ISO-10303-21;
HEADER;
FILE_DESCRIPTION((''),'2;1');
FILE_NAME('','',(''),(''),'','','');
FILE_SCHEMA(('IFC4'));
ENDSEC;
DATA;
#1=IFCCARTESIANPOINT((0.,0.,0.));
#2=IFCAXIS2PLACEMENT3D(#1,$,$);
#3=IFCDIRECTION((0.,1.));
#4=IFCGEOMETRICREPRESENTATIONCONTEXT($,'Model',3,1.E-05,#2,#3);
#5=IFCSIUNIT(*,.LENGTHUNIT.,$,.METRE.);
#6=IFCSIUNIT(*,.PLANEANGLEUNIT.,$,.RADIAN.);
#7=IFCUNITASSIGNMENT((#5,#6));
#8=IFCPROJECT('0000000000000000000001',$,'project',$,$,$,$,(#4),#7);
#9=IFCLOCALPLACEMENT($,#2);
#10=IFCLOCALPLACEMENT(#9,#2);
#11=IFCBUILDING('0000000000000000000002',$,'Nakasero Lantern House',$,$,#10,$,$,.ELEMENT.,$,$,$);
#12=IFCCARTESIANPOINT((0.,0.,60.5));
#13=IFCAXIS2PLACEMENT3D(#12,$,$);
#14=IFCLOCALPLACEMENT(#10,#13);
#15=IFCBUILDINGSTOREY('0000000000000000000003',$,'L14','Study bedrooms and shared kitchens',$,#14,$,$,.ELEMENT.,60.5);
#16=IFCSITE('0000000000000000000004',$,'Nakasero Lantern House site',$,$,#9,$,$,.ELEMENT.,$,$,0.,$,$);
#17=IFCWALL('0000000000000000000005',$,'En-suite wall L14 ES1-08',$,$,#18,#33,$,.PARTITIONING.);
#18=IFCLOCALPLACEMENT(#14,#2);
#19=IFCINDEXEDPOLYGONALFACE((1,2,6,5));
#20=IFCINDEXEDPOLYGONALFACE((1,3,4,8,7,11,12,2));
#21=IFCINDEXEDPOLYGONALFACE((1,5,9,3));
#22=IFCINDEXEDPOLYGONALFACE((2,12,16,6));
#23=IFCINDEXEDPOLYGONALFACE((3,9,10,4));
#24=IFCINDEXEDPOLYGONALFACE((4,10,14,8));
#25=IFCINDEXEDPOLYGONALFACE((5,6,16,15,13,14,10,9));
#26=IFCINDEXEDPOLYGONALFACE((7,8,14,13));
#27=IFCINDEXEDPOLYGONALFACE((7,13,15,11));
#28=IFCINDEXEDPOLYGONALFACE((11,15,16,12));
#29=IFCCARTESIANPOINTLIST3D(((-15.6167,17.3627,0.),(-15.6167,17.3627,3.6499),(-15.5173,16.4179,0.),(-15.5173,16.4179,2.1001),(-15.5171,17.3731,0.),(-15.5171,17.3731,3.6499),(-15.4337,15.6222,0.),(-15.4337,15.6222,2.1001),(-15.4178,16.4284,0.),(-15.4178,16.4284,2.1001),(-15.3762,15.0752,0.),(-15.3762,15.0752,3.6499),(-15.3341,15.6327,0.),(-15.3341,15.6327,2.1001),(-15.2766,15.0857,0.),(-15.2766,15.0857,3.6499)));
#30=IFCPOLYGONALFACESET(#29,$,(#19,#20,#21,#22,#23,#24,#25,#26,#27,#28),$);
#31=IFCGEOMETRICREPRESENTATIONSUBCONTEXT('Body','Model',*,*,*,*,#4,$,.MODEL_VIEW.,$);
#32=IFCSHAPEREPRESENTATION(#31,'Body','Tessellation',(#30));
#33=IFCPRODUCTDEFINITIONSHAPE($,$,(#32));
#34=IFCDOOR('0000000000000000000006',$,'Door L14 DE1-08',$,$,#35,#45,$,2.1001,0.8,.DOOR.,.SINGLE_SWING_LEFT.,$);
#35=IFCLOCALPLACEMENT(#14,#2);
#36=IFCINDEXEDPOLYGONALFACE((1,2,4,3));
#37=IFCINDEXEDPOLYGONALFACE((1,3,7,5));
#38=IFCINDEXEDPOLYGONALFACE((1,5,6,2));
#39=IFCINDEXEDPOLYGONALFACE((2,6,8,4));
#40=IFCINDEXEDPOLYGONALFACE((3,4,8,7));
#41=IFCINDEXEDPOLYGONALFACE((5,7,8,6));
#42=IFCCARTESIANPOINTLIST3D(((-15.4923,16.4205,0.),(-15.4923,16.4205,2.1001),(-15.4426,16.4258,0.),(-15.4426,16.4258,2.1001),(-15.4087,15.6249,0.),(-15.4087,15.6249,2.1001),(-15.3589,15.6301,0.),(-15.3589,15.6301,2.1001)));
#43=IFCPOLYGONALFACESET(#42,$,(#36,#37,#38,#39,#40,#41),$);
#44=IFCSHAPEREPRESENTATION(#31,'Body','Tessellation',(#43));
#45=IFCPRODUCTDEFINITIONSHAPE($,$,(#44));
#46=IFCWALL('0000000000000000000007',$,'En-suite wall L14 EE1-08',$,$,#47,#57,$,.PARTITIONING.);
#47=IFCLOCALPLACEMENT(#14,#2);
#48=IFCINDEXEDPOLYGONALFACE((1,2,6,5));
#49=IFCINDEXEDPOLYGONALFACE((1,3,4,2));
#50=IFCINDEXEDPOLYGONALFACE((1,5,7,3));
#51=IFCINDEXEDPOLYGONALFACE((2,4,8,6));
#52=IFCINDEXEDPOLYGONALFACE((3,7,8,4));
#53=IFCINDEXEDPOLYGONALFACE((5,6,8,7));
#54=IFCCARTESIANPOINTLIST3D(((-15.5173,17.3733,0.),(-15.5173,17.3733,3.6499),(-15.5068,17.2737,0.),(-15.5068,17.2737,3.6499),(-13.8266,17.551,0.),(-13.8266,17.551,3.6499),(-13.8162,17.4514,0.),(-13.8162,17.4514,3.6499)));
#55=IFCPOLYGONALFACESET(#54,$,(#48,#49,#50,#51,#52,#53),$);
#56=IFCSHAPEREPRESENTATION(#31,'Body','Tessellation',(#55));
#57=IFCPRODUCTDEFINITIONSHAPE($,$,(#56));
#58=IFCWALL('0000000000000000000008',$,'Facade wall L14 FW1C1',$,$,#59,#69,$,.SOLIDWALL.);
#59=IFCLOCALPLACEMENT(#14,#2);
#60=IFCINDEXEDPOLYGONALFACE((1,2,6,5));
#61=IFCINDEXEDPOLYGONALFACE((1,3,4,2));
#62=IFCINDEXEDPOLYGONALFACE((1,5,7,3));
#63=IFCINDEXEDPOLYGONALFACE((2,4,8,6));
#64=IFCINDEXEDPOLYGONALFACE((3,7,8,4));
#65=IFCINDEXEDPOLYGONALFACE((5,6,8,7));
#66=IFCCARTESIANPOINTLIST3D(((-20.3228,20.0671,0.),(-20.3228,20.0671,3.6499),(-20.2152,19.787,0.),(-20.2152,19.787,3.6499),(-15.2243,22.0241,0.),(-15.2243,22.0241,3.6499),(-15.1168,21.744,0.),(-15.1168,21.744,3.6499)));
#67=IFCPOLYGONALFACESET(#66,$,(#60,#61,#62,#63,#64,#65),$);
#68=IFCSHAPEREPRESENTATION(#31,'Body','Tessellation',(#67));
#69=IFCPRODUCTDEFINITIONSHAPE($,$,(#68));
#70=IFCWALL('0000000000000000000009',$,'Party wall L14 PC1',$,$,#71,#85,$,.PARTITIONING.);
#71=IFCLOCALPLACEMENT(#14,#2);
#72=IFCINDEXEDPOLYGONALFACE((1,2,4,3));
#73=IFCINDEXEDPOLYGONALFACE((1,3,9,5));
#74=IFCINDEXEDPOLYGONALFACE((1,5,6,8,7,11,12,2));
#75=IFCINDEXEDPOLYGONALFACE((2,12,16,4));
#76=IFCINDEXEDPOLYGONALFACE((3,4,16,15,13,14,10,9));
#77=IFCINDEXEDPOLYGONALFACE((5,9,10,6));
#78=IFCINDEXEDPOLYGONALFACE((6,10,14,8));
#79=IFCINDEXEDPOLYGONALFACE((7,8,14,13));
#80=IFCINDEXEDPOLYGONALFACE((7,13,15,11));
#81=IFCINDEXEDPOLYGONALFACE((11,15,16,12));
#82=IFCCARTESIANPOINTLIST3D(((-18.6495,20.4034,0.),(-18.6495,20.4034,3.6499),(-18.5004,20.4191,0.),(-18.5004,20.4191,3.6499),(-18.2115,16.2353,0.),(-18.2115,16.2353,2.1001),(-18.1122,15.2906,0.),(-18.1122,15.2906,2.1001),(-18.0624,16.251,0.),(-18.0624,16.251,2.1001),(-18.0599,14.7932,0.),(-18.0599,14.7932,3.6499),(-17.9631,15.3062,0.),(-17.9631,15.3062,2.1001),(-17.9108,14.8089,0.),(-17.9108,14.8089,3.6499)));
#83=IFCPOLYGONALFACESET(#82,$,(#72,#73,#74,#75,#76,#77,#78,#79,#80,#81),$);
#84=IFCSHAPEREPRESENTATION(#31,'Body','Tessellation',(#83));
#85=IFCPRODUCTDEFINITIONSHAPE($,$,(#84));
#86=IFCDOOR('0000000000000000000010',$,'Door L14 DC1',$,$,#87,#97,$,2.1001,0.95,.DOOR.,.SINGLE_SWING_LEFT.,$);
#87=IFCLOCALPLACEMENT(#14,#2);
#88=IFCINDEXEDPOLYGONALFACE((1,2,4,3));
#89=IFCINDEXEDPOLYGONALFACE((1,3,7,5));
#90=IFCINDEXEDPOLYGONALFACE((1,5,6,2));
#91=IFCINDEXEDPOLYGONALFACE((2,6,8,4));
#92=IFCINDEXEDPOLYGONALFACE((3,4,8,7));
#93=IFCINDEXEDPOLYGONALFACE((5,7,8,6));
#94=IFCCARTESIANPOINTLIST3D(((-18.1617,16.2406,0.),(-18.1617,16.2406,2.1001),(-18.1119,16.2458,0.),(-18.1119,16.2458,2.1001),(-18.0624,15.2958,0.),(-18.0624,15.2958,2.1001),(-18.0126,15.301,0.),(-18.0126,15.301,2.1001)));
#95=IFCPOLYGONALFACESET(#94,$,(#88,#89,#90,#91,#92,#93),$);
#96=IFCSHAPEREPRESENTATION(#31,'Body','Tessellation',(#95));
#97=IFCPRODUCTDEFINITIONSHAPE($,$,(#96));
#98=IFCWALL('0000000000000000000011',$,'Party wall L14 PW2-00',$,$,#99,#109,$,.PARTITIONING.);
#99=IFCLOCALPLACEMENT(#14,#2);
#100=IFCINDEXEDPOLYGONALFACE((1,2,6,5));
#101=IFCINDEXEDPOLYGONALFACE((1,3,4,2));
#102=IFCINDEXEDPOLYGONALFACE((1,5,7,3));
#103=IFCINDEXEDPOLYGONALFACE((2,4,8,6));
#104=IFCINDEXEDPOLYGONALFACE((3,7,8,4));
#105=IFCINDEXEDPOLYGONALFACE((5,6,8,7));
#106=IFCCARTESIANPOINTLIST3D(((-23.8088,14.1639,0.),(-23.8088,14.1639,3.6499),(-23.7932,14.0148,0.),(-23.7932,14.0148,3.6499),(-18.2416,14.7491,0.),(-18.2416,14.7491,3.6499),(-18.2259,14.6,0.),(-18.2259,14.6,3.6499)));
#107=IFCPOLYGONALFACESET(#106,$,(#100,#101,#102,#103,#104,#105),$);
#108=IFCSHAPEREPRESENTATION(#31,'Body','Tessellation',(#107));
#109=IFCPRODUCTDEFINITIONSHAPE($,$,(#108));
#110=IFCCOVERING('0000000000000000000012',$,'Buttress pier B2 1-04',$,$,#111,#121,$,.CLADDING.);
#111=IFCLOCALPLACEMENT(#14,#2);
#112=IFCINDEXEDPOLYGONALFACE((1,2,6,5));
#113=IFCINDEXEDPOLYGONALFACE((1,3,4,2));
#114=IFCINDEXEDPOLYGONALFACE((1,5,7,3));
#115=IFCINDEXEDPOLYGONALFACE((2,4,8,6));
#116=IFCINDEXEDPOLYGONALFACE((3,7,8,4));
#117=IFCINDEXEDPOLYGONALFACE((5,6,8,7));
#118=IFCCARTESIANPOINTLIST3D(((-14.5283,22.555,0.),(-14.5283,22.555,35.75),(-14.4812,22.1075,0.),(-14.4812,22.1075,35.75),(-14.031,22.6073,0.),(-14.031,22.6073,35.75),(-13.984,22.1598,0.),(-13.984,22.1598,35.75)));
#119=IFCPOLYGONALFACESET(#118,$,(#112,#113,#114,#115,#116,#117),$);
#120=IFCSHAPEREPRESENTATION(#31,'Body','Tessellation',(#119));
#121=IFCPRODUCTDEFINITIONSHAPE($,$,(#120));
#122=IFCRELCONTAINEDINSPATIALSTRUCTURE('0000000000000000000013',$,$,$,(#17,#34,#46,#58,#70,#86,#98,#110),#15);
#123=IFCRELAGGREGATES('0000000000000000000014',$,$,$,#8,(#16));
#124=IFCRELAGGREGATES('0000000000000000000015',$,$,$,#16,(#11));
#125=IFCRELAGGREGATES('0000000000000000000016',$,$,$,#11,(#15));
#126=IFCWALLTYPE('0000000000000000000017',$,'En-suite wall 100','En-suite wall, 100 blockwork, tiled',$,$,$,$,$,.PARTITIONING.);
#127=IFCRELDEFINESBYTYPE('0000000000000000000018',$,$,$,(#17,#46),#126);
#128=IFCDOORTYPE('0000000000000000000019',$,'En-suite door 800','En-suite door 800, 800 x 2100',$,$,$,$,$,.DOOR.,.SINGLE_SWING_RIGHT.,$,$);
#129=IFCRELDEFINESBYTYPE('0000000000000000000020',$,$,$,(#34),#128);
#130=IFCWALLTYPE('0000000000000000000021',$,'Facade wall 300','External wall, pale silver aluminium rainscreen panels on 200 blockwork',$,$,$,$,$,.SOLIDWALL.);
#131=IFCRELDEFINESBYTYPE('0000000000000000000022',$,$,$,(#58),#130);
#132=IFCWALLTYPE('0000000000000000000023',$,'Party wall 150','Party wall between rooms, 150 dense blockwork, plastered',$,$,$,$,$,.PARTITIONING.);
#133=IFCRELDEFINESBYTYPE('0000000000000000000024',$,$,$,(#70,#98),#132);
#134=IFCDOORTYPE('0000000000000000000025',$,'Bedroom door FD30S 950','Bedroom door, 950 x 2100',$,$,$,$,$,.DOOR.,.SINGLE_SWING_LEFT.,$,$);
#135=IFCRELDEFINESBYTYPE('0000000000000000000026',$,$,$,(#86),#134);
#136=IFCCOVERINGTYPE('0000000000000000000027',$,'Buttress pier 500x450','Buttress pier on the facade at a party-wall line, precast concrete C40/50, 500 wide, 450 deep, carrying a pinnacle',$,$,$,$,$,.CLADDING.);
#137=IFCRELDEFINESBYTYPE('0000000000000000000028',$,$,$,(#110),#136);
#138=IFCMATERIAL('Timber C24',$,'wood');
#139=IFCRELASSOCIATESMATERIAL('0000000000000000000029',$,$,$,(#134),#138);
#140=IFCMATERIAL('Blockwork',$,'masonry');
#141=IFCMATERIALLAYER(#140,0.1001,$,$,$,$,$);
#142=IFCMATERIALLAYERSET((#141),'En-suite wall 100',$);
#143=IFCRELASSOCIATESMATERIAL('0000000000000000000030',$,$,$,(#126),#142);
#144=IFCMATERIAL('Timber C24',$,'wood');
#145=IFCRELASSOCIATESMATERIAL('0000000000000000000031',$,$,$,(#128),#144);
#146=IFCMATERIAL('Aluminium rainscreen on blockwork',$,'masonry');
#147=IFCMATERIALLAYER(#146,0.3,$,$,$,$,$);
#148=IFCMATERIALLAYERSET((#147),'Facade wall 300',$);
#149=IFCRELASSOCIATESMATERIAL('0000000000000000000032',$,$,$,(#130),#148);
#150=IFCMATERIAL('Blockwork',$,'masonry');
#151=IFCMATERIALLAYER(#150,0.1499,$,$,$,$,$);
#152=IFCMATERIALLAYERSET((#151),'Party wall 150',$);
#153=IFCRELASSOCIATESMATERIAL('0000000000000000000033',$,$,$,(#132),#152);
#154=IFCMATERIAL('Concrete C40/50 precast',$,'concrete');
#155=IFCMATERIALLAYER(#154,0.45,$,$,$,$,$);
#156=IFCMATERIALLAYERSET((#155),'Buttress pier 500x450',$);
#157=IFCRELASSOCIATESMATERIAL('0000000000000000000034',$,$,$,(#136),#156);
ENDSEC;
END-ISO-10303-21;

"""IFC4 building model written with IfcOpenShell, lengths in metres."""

from ifc_helpers import new_model, si_unit, direction, frame, frame_2d, origin, origin_2d, place, context, subcontext, project, spatial, rectangle, extrude, material, layer, layer_set, type_object, element, fill, save


model = new_model("IFC4")

# Units and contexts
model_context = context("Model", 3, precision=1e-05, world=origin(), true_north=direction((0.0, 1.0)))
body_context = subcontext(model_context, "Body", "Model", "MODEL_VIEW")
ifc_project = project(units=[si_unit("LENGTHUNIT", "METRE"), si_unit("PLANEANGLEUNIT", "RADIAN")], contexts=[model_context])

# Site, building, storey
site_placement = place(None, origin())
site = spatial("IfcSite", under=ifc_project, at=site_placement, Name="Nakasero Lantern House site", CompositionType="ELEMENT", RefElevation=0.0)
building_placement = place(site_placement, origin())
building = spatial("IfcBuilding", under=site, at=building_placement, Name="Nakasero Lantern House", CompositionType="ELEMENT")
storey_placement = place(building_placement, frame((0.0, 0.0, 60.5)))
storey = spatial("IfcBuildingStorey", under=building, at=storey_placement, Name="L14", Description="Study bedrooms and shared kitchens", CompositionType="ELEMENT", Elevation=60.5)

# Shared definitions
ifc_material_1 = material(Name="Timber C24", Category="wood")
door_type_1 = type_object("IfcDoorType", Name="Bedroom door FD30S 950", Description="Bedroom door, 950 x 2100", OperationType="SINGLE_SWING_LEFT", PredefinedType="DOOR", material=ifc_material_1)

# Wall, opening, door
ifc_material_2 = material(Name="Blockwork", Category="masonry")
ifc_layer_1 = layer(ifc_material_2, 0.1001)
ifc_layer_set_1 = layer_set([ifc_layer_1], Name="En-suite wall 100")
wall_type_1 = type_object("IfcWallType", Name="En-suite wall 100", Description="En-suite wall, 100 blockwork, tiled", PredefinedType="PARTITIONING", material=ifc_layer_set_1)
wall_1_placement = place(storey_placement, frame((-15.3264, 15.0806, 0.0), z_axis=(0.0, 0.0, 1.0), x_axis=(-0.104558, 0.994519, 0.0)))
wall_1 = element("IfcWall", 1, at=wall_1_placement, inside=storey, type_object=wall_type_1, Name="En-suite wall L14 ES1-08", PredefinedType="PARTITIONING", context=body_context, shape_type="SweptSolid", body=[
    extrude(rectangle(XDim=2.3, YDim=0.1001, at=frame_2d((1.1499, 0.0))), origin(), (0.0, 0.0, 1.0), 3.6499),
])
opening_1_placement = place(wall_1_placement, frame((0.55, 0.0, 0.0)))
opening_1 = element("IfcOpeningElement", 2, at=opening_1_placement, cuts=wall_1, PredefinedType="OPENING", context=body_context, shape_type="SweptSolid", body=[
    extrude(rectangle(XDim=0.8, YDim=2.1001, at=frame_2d((0.3999, 1.05))), frame((0.0, 0.0701, 0.0), z_axis=(0.0, -1.0, 0.0), x_axis=(1.0, 0.0, 0.0)), (0.0, 0.0, 1.0), 0.1401),
])
ifc_material_3 = material(Name="Timber C24", Category="wood")
door_type_2 = type_object("IfcDoorType", Name="En-suite door 800", Description="En-suite door 800, 800 x 2100", OperationType="SINGLE_SWING_RIGHT", PredefinedType="DOOR", material=ifc_material_3)
door_1_placement = place(opening_1_placement, origin())
door_1 = element("IfcDoor", 3, at=door_1_placement, inside=storey, type_object=door_type_2, Name="Door L14 DE1-08", OperationType="SINGLE_SWING_LEFT", OverallHeight=2.1001, OverallWidth=0.8, PredefinedType="DOOR", context=body_context, shape_type="SweptSolid", body=[
    extrude(rectangle(XDim=0.8, YDim=2.1001, at=frame_2d((0.3999, 1.05))), frame((0.0, 0.0249, 0.0), z_axis=(0.0, -1.0, 0.0), x_axis=(1.0, 0.0, 0.0)), (0.0, 0.0, 1.0), 0.05),
])
fill(opening_1, door_1)

# Walls
wall_2_placement = place(storey_placement, frame((-13.8213, 17.5012, 0.0), z_axis=(0.0, 0.0, 1.0), x_axis=(-0.99452, -0.10455, 0.0)))
element("IfcWall", 4, at=wall_2_placement, inside=storey, type_object=wall_type_1, Name="En-suite wall L14 EE1-08", PredefinedType="PARTITIONING", context=body_context, shape_type="SweptSolid", body=[
    extrude(rectangle(XDim=1.7, YDim=0.1001, at=frame_2d((0.8501, 0.0))), origin(), (0.0, 0.0, 1.0), 3.6499),
])
ifc_material_4 = material(Name="Aluminium rainscreen on blockwork", Category="masonry")
ifc_layer_2 = layer(ifc_material_4, 0.3)
ifc_layer_set_2 = layer_set([ifc_layer_2], Name="Facade wall 300")
wall_type_2 = type_object("IfcWallType", Name="Facade wall 300", Description="External wall, pale silver aluminium rainscreen panels on 200 blockwork", PredefinedType="SOLIDWALL", material=ifc_layer_set_2)
wall_3_placement = place(storey_placement, frame((-15.1707, 21.884, 0.0), z_axis=(0.0, 0.0, 1.0), x_axis=(-0.933584, -0.358359, 0.0)))
element("IfcWall", 5, at=wall_3_placement, inside=storey, type_object=wall_type_2, Name="Facade wall L14 FW1C1", PredefinedType="SOLIDWALL", context=body_context, shape_type="SweptSolid", body=[
    extrude(rectangle(XDim=5.4612, YDim=0.3, at=frame_2d((2.7305, 0.0))), origin(), (0.0, 0.0, 1.0), 3.6499),
])

# Wall, opening, door
ifc_material_5 = material(Name="Blockwork", Category="masonry")
ifc_layer_3 = layer(ifc_material_5, 0.1499)
ifc_layer_set_3 = layer_set([ifc_layer_3], Name="Party wall 150")
wall_type_3 = type_object("IfcWallType", Name="Party wall 150", Description="Party wall between rooms, 150 dense blockwork, plastered", PredefinedType="PARTITIONING", material=ifc_layer_set_3)
wall_4_placement = place(storey_placement, frame((-17.9854, 14.801, 0.0), z_axis=(0.0, 0.0, 1.0), x_axis=(-0.10452, 0.994523, 0.0)))
wall_4 = element("IfcWall", 6, at=wall_4_placement, inside=storey, type_object=wall_type_3, Name="Party wall L14 PC1", PredefinedType="PARTITIONING", context=body_context, shape_type="SweptSolid", body=[
    extrude(rectangle(XDim=5.6411, YDim=0.1499, at=frame_2d((2.8206, 0.0))), origin(), (0.0, 0.0, 1.0), 3.6499),
])
opening_2_placement = place(wall_4_placement, frame((0.5, 0.0, 0.0)))
opening_2 = element("IfcOpeningElement", 7, at=opening_2_placement, cuts=wall_4, PredefinedType="OPENING", context=body_context, shape_type="SweptSolid", body=[
    extrude(rectangle(XDim=0.95, YDim=2.1001, at=frame_2d((0.4751, 1.05))), frame((0.0, 0.095, 0.0), z_axis=(0.0, -1.0, 0.0), x_axis=(1.0, 0.0, 0.0)), (0.0, 0.0, 1.0), 0.1899),
])
door_2_placement = place(opening_2_placement, origin())
door_2 = element("IfcDoor", 8, at=door_2_placement, inside=storey, type_object=door_type_1, Name="Door L14 DC1", OperationType="SINGLE_SWING_LEFT", OverallHeight=2.1001, OverallWidth=0.95, PredefinedType="DOOR", context=body_context, shape_type="SweptSolid", body=[
    extrude(rectangle(XDim=0.95, YDim=2.1001, at=frame_2d((0.4751, 1.05))), frame((0.0, 0.0249, 0.0), z_axis=(0.0, -1.0, 0.0), x_axis=(1.0, 0.0, 0.0)), (0.0, 0.0, 1.0), 0.05),
])
fill(opening_2, door_2)

# Wall
wall_5_placement = place(storey_placement, frame((-18.2339, 14.6746, 0.0), z_axis=(0.0, 0.0, 1.0), x_axis=(-0.99452, -0.104542, 0.0)))
element("IfcWall", 9, at=wall_5_placement, inside=storey, type_object=wall_type_3, Name="Party wall L14 PW2-00", PredefinedType="PARTITIONING", context=body_context, shape_type="SweptSolid", body=[
    extrude(rectangle(XDim=5.5979, YDim=0.1499, at=frame_2d((2.7988, 0.0))), origin(), (0.0, 0.0, 1.0), 3.6499),
])

# Covering
ifc_material_6 = material(Name="Concrete C40/50 precast", Category="concrete")
ifc_layer_4 = layer(ifc_material_6, 0.45)
ifc_layer_set_4 = layer_set([ifc_layer_4], Name="Buttress pier 500x450")
covering_type = type_object("IfcCoveringType", Name="Buttress pier 500x450", Description="Buttress pier on the facade at a party-wall line, precast concrete C40/50, 500 wide, 450 deep, carrying a pinnacle", PredefinedType="CLADDING", material=ifc_layer_set_4)
covering_placement = place(storey_placement, frame((-14.2561, 22.3574, 0.0), z_axis=(0.0, 0.0, 1.0), x_axis=(-0.104528, 0.994522, 0.0)))
element("IfcCovering", 10, at=covering_placement, inside=storey, type_object=covering_type, Name="Buttress pier B2 1-04", PredefinedType="CLADDING", context=body_context, shape_type="SweptSolid", body=[
    extrude(rectangle(XDim=0.45, YDim=0.5, at=origin_2d()), origin(), (0.0, 0.0, 1.0), 35.75),
])

save(model, "model.ifc")
